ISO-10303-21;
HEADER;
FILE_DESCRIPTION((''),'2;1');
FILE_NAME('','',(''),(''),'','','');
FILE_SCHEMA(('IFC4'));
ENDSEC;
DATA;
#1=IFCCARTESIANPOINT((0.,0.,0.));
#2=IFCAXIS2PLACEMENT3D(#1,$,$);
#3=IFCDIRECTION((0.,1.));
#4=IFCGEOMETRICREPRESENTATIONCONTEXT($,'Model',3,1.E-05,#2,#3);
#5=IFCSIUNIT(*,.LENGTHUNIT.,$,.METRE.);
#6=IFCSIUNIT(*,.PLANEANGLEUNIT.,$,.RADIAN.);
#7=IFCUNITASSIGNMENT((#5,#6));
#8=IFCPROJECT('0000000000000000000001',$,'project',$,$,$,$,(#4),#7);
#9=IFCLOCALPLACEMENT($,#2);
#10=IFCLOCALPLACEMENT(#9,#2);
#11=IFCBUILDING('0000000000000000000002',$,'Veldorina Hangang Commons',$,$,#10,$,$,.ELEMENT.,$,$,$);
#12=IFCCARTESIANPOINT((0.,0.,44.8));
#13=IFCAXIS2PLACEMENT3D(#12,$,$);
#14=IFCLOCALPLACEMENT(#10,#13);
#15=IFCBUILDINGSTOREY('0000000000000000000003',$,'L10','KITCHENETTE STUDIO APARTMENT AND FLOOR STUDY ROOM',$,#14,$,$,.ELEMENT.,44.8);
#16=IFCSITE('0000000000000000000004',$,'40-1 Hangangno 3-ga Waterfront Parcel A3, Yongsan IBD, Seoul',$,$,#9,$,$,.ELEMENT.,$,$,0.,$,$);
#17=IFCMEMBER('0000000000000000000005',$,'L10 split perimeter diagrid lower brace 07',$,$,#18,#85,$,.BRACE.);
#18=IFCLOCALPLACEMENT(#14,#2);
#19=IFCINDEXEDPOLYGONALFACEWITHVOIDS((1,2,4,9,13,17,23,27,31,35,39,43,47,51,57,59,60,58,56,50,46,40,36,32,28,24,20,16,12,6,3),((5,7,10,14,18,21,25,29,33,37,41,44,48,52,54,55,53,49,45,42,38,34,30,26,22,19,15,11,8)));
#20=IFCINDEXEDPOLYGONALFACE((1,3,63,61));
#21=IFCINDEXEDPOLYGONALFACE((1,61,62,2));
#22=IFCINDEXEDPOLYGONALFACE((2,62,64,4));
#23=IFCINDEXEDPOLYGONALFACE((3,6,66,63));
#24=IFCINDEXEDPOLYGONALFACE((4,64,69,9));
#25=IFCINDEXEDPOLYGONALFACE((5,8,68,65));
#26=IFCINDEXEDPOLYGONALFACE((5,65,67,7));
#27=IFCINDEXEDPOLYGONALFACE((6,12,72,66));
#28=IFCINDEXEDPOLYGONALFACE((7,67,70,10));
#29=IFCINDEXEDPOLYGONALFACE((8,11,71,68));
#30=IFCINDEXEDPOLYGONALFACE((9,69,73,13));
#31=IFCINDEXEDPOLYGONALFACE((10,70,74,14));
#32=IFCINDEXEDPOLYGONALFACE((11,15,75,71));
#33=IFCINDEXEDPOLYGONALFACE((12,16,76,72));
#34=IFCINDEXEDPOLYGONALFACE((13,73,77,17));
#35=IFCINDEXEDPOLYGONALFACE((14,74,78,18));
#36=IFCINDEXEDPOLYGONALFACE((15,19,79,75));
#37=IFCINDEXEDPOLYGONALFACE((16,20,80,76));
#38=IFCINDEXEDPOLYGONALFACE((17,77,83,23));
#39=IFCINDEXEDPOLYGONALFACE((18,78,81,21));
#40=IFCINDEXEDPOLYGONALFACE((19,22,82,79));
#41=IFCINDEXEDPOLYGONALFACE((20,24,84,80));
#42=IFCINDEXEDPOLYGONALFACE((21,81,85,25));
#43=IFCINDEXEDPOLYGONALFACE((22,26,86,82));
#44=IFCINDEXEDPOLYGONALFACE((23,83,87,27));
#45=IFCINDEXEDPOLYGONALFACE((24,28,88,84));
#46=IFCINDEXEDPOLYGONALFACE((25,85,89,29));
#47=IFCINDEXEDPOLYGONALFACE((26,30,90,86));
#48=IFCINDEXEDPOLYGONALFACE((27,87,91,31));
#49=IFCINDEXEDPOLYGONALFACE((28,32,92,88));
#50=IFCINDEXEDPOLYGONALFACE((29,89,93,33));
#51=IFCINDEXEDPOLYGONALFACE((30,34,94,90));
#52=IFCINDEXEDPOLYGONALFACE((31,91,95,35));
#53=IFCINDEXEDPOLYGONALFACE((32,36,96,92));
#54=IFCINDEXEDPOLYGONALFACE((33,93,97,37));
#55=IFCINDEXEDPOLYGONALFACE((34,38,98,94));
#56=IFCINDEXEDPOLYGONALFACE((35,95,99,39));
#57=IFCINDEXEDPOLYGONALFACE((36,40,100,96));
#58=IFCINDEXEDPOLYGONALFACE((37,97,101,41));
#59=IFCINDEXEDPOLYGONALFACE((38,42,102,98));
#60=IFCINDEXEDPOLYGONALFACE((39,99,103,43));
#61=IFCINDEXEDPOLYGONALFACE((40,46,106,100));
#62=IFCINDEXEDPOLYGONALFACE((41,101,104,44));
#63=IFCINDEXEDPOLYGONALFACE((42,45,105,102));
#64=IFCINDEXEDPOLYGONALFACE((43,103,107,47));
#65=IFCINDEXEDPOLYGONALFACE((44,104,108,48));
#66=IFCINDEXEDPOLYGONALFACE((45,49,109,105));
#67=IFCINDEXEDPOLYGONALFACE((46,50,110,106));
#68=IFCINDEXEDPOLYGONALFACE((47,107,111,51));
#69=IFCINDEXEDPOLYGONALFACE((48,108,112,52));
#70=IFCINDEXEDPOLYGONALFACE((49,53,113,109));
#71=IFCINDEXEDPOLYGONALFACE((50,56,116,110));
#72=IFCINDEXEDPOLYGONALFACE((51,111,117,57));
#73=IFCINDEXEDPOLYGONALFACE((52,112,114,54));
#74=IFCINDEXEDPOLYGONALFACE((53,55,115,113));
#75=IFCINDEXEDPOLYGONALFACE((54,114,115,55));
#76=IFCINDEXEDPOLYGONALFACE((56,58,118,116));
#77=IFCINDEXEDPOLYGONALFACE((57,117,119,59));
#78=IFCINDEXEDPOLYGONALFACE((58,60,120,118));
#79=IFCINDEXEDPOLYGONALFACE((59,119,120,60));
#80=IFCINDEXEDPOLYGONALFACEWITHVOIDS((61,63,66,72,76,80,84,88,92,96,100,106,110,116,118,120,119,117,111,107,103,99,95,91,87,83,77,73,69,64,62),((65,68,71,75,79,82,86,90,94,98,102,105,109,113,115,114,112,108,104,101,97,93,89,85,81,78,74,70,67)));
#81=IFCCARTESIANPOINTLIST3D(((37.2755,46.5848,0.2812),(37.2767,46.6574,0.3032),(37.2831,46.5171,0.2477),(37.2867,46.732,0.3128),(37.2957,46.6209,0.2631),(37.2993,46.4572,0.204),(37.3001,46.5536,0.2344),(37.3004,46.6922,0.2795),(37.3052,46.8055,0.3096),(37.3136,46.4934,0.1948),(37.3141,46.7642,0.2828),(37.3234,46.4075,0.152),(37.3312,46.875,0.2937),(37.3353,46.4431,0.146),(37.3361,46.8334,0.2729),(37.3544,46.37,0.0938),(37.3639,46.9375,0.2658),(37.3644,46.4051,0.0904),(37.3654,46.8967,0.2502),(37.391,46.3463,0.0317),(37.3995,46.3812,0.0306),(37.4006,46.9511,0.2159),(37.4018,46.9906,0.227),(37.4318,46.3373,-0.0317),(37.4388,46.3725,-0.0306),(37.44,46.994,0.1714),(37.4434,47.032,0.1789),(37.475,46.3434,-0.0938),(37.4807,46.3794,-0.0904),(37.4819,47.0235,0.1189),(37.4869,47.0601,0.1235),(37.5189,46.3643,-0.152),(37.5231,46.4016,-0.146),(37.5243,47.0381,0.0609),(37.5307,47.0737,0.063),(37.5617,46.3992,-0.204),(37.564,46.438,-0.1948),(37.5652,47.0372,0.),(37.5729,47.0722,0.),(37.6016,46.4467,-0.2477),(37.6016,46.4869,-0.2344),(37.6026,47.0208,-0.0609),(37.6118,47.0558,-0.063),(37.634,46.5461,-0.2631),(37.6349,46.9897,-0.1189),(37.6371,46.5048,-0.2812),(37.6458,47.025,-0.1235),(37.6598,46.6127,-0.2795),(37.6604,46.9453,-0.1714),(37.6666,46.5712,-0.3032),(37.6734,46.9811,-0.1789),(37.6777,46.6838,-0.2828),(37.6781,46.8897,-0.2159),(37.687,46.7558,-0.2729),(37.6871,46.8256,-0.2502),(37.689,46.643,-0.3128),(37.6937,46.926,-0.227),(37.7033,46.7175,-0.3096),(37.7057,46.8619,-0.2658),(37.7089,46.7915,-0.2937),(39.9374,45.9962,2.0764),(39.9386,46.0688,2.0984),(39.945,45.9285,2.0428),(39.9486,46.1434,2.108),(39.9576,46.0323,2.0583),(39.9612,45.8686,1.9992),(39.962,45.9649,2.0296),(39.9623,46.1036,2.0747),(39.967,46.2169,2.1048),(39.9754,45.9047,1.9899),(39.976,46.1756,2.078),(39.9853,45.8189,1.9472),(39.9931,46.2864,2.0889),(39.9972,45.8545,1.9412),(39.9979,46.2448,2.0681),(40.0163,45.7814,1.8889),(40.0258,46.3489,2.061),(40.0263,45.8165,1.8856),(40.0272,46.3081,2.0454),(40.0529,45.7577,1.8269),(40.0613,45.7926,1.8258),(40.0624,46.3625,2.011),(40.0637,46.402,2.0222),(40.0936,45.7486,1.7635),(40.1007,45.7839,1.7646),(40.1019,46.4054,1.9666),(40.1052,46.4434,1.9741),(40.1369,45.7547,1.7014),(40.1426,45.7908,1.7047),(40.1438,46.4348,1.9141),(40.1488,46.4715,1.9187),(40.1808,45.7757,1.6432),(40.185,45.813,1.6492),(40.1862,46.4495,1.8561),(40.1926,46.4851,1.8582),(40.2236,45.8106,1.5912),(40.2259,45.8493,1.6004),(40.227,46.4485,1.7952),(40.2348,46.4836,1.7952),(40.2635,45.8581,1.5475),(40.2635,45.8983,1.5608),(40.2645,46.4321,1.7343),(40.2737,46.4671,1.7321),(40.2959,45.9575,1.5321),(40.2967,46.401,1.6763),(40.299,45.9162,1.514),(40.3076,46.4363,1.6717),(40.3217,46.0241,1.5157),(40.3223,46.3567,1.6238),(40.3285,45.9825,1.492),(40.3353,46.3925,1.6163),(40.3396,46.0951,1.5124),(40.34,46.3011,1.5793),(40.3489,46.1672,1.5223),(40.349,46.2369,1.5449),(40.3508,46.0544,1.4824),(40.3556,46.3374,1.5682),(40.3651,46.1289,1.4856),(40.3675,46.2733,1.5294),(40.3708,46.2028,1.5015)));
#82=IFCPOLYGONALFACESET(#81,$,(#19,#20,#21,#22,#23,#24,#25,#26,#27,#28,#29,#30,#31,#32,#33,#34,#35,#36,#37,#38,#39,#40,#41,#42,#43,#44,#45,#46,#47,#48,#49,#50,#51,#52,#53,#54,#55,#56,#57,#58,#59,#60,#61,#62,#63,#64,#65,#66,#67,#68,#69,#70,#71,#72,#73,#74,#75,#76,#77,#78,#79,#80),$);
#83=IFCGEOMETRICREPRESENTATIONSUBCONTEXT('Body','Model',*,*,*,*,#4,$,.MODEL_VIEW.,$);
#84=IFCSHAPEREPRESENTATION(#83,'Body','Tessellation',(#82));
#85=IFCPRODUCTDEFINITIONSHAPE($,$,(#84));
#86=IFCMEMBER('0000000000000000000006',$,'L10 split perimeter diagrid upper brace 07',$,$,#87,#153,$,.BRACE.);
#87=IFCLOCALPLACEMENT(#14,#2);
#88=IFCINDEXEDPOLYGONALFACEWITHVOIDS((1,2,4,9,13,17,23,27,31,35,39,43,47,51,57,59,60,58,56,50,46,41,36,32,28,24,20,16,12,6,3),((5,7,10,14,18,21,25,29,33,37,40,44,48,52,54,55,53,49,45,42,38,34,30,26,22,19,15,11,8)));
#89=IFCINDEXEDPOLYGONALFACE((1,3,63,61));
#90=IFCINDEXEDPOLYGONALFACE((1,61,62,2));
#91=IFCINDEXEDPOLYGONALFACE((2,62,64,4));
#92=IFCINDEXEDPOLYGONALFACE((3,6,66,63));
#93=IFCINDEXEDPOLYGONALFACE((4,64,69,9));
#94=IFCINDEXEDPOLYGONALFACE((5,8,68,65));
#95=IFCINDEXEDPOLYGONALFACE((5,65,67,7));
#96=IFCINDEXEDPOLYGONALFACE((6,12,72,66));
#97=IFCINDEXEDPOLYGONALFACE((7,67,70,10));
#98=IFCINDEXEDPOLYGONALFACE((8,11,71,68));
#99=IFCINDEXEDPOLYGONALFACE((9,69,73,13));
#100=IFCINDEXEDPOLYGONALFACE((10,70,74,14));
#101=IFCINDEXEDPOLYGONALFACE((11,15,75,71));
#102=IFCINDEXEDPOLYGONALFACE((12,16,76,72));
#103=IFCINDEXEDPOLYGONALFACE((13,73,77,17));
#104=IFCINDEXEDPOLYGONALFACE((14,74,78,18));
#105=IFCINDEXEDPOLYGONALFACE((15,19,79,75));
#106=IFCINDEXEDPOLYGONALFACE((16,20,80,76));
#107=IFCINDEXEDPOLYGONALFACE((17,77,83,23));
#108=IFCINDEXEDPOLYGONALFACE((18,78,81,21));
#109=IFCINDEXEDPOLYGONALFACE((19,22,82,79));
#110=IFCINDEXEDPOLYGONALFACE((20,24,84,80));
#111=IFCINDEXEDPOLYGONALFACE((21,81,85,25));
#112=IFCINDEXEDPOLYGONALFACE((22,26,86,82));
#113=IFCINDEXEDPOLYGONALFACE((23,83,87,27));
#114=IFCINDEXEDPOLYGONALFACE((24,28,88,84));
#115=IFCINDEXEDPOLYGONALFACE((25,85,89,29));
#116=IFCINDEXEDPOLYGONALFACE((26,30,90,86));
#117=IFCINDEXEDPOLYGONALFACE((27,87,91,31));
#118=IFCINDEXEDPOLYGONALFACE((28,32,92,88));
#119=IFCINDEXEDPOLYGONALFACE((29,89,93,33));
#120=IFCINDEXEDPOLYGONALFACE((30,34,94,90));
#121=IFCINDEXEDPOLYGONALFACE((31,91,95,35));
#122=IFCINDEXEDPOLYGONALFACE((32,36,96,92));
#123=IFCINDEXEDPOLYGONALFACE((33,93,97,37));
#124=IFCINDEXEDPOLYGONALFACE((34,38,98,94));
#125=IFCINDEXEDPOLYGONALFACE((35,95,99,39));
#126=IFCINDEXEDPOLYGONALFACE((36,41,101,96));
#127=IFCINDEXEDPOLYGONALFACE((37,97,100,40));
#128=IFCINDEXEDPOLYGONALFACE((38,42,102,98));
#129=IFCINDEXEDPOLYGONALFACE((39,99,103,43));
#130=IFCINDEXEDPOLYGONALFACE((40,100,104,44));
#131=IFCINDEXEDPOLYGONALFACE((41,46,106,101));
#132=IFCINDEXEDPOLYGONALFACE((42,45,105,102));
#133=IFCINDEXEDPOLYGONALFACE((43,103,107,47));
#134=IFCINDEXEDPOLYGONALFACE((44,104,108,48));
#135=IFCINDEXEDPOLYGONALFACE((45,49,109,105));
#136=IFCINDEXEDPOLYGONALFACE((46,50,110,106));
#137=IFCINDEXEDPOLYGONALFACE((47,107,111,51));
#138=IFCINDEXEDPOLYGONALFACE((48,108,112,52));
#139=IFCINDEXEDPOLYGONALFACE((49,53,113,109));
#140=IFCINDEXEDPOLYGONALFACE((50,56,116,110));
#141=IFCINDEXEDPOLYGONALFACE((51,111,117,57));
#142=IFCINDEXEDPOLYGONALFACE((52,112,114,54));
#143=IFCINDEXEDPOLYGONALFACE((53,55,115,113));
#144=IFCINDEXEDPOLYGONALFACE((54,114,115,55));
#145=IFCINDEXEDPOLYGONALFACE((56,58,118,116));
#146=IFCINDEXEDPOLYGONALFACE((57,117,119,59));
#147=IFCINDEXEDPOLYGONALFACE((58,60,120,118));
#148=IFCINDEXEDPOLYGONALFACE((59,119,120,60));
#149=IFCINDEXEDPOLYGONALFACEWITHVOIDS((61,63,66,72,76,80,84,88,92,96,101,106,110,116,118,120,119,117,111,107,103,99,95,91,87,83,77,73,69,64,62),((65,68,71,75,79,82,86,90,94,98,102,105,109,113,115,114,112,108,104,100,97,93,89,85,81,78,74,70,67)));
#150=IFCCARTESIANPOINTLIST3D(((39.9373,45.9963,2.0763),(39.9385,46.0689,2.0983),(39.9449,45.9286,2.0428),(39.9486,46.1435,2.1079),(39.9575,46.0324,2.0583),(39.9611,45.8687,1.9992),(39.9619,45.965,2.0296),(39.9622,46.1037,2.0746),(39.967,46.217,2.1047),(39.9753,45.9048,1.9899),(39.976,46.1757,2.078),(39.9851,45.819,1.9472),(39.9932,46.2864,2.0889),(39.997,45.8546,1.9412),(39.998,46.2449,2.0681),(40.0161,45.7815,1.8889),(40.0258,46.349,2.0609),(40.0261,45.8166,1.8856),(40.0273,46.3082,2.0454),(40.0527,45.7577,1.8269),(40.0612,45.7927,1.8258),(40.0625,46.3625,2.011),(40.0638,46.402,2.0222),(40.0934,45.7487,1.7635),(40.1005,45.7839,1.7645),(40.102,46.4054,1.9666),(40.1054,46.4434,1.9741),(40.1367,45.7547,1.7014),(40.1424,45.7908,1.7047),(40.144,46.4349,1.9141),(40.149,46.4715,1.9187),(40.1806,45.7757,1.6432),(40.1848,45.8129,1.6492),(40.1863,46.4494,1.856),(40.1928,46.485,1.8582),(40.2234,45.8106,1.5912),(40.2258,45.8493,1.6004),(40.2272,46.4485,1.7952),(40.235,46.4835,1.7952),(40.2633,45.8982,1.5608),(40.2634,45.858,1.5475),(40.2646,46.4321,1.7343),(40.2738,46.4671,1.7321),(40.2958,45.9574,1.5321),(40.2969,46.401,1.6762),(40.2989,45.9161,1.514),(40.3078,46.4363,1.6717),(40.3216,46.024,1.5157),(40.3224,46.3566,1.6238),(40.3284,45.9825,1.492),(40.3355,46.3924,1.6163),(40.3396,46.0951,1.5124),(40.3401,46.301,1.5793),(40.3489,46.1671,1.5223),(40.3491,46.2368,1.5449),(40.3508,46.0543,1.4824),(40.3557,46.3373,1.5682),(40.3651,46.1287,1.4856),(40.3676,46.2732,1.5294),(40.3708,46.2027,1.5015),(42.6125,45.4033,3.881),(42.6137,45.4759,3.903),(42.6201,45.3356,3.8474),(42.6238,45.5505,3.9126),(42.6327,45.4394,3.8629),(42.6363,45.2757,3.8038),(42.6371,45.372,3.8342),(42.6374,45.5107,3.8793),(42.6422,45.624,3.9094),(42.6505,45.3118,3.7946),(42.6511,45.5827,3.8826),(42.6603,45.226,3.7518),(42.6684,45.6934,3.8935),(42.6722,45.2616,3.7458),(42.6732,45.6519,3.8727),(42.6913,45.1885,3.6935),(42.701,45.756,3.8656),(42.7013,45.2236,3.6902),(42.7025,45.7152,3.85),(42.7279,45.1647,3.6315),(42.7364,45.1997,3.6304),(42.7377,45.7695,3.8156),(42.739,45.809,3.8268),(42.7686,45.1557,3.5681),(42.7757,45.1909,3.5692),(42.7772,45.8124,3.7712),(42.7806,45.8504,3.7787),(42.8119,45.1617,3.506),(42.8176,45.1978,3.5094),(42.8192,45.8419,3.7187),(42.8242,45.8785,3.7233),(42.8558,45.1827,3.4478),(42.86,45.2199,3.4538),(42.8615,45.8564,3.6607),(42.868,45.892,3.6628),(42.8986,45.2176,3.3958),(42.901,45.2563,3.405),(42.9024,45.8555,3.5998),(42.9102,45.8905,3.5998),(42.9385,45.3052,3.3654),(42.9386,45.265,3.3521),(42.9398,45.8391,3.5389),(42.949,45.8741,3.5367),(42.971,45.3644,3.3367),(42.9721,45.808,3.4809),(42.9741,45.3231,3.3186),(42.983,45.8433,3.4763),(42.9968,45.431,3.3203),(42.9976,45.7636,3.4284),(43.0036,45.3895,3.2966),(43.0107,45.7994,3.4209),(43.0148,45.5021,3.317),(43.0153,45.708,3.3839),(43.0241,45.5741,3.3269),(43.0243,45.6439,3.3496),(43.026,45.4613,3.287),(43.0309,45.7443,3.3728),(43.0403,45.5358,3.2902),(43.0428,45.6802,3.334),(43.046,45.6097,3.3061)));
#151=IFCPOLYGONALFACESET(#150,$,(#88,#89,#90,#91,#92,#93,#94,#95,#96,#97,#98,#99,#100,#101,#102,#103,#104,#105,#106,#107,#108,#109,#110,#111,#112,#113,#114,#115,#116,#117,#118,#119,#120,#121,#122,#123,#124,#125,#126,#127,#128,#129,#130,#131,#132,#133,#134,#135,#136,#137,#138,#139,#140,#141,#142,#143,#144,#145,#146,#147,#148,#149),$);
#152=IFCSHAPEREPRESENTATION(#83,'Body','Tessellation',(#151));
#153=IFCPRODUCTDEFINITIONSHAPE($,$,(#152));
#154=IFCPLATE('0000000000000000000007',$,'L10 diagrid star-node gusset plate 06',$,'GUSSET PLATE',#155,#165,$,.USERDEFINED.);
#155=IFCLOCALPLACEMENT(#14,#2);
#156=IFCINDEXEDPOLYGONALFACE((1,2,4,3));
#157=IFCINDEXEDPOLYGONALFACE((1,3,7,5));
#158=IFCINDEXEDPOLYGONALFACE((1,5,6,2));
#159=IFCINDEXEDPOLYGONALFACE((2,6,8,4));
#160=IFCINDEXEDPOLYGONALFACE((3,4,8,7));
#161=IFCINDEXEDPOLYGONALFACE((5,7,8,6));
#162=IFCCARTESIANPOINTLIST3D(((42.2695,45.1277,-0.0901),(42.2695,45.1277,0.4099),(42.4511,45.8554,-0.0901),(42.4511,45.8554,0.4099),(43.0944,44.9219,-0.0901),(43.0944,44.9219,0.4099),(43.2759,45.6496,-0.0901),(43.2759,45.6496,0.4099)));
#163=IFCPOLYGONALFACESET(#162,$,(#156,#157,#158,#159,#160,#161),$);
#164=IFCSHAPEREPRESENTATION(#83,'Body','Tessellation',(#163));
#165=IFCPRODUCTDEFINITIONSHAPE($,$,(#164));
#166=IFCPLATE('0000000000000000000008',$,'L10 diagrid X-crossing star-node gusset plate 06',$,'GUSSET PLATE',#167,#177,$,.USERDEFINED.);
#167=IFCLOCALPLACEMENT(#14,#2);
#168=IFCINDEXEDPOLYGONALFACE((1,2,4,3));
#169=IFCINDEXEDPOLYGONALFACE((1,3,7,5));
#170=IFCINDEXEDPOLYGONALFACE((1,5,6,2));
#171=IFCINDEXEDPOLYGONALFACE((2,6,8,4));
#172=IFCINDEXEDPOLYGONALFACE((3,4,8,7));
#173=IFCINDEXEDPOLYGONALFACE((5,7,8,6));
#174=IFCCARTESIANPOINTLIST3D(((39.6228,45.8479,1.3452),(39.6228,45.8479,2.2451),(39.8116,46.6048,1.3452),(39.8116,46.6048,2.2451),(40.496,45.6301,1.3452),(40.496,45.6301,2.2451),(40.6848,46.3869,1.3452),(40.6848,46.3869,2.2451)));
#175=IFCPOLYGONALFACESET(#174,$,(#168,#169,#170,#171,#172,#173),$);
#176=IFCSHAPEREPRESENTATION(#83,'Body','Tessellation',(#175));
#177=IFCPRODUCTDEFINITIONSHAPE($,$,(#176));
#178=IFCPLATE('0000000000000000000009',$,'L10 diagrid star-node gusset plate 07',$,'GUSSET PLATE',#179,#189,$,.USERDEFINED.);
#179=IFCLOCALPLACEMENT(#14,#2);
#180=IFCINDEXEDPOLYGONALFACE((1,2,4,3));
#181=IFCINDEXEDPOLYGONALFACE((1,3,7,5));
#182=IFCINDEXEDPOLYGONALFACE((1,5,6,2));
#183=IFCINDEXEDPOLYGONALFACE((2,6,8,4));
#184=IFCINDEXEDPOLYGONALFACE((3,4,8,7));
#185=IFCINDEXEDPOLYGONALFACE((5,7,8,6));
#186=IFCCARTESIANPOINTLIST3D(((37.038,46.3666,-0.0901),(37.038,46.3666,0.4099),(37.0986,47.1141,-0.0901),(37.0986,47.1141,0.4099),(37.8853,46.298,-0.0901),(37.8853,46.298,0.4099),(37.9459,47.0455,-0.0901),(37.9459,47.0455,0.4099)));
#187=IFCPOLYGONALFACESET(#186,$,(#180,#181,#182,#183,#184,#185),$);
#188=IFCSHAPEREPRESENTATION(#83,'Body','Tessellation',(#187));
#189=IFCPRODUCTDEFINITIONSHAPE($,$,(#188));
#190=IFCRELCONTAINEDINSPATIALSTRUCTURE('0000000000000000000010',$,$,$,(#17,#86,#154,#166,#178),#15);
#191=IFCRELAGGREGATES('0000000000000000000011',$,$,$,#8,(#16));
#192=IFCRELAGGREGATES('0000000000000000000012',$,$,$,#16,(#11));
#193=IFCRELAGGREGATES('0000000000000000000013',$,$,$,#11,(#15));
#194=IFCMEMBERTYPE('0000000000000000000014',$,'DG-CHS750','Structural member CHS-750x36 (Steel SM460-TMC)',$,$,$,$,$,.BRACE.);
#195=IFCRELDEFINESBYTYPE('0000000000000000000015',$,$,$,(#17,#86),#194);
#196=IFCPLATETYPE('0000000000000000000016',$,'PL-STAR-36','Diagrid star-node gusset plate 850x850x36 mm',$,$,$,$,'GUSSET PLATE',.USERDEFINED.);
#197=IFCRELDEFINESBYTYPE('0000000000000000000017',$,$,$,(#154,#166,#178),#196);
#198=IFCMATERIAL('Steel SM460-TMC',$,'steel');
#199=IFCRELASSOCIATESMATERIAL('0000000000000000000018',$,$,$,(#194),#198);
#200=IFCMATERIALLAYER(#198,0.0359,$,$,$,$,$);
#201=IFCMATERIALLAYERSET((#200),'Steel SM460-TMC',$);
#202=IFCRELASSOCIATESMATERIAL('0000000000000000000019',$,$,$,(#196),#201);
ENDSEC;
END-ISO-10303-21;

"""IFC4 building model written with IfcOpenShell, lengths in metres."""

from ifc_helpers import new_model, si_unit, direction, frame, origin, origin_2d, place, context, subcontext, project, spatial, rectangle, hollow_circle, extrude, material, layer, layer_set, material_profile, profile_set, type_object, element, save


model = new_model("IFC4")

# Units and contexts
model_context = context("Model", 3, precision=1e-05, world=origin(), true_north=direction((0.0, 1.0)))
body_context = subcontext(model_context, "Body", "Model", "MODEL_VIEW")
ifc_project = project(units=[si_unit("LENGTHUNIT", "METRE"), si_unit("PLANEANGLEUNIT", "RADIAN")], contexts=[model_context])

# Site, building, storey
site_placement = place(None, origin())
site = spatial("IfcSite", under=ifc_project, at=site_placement, Name="40-1 Hangangno 3-ga Waterfront Parcel A3, Yongsan IBD, Seoul", CompositionType="ELEMENT", RefElevation=0.0)
building_placement = place(site_placement, origin())
building = spatial("IfcBuilding", under=site, at=building_placement, Name="Veldorina Hangang Commons", CompositionType="ELEMENT")
storey_placement = place(building_placement, frame((0.0, 0.0, 44.8)))
storey = spatial("IfcBuildingStorey", under=building, at=storey_placement, Name="L10", Description="KITCHENETTE STUDIO APARTMENT AND FLOOR STUDY ROOM", CompositionType="ELEMENT", Elevation=44.8)

# Shared definitions
ifc_material_1 = material(Name="Steel SM460-TMC", Category="steel")

# Members
ifc_material_profile_1 = material_profile(ifc_material_1, hollow_circle(Radius=0.375, WallThickness=0.0359, at=origin_2d()), Name="CHS-750x36")
ifc_profile_set_1 = profile_set([ifc_material_profile_1], Name="Steel SM460-TMC")
member_type = type_object("IfcMemberType", Name="DG-CHS750", Description="Structural member CHS-750x36 (Steel SM460-TMC)", PredefinedType="BRACE", material=ifc_profile_set_1)
member_1_placement = place(storey_placement, frame((37.4919, 46.7061, 0.0), z_axis=(0.815487, -0.18033, 0.549966), x_axis=(0.215916, 0.976412, 0.0)))
element("IfcMember", 1, at=member_1_placement, inside=storey, type_object=member_type, Name="L10 split perimeter diagrid lower brace 07", PredefinedType="BRACE", context=body_context, shape_type="SweptSolid", body=[
    extrude(hollow_circle(Radius=0.375, WallThickness=0.0359, at=origin_2d()), origin(), (0.0, 0.0, 1.0), 3.2642),
])
member_2_placement = place(storey_placement, frame((40.1538, 46.1174, 1.7952), z_axis=(0.815359, -0.180736, 0.550022), x_axis=(0.216412, 0.976302, 0.0)))
element("IfcMember", 2, at=member_2_placement, inside=storey, type_object=member_type, Name="L10 split perimeter diagrid upper brace 07", PredefinedType="BRACE", context=body_context, shape_type="SweptSolid", body=[
    extrude(hollow_circle(Radius=0.375, WallThickness=0.0359, at=origin_2d()), origin(), (0.0, 0.0, 1.0), 3.281),
])

# Plates
ifc_layer_1 = layer(ifc_material_1, 0.0359)
ifc_layer_set_1 = layer_set([ifc_layer_1], Name="Steel SM460-TMC")
plate_type = type_object("IfcPlateType", Name="PL-STAR-36", Description="Diagrid star-node gusset plate 850x850x36 mm", ElementType="GUSSET PLATE", PredefinedType="USERDEFINED", material=ifc_layer_set_1)
plate_1_placement = place(storey_placement, frame((42.7727, 45.3887, -0.0901), z_axis=(0.0, 0.0, 1.0), x_axis=(-0.970266, 0.24204, 0.0)))
element("IfcPlate", 3, at=plate_1_placement, inside=storey, type_object=plate_type, Name="L10 diagrid star-node gusset plate 06", ObjectType="GUSSET PLATE", PredefinedType="USERDEFINED", context=body_context, shape_type="SweptSolid", body=[
    extrude(rectangle(XDim=0.8501, YDim=0.75, at=origin_2d()), origin(), (0.0, 0.0, 1.0), 0.5),
])
plate_2_placement = place(storey_placement, frame((40.1538, 46.1174, 1.3452), z_axis=(0.0, 0.0, 1.0), x_axis=(-0.970266, 0.24204, 0.0)))
element("IfcPlate", 4, at=plate_2_placement, inside=storey, type_object=plate_type, Name="L10 diagrid X-crossing star-node gusset plate 06", ObjectType="GUSSET PLATE", PredefinedType="USERDEFINED", context=body_context, shape_type="SweptSolid", body=[
    extrude(rectangle(XDim=0.8999, YDim=0.78, at=origin_2d()), origin(), (0.0, 0.0, 1.0), 0.8999),
])
plate_3_placement = place(storey_placement, frame((37.4919, 46.7061, -0.0901), z_axis=(0.0, 0.0, 1.0), x_axis=(-0.996737, 0.080721, 0.0)))
element("IfcPlate", 5, at=plate_3_placement, inside=storey, type_object=plate_type, Name="L10 diagrid star-node gusset plate 07", ObjectType="GUSSET PLATE", PredefinedType="USERDEFINED", context=body_context, shape_type="SweptSolid", body=[
    extrude(rectangle(XDim=0.8501, YDim=0.75, at=origin_2d()), origin(), (0.0, 0.0, 1.0), 0.5),
])

save(model, "model.ifc")
